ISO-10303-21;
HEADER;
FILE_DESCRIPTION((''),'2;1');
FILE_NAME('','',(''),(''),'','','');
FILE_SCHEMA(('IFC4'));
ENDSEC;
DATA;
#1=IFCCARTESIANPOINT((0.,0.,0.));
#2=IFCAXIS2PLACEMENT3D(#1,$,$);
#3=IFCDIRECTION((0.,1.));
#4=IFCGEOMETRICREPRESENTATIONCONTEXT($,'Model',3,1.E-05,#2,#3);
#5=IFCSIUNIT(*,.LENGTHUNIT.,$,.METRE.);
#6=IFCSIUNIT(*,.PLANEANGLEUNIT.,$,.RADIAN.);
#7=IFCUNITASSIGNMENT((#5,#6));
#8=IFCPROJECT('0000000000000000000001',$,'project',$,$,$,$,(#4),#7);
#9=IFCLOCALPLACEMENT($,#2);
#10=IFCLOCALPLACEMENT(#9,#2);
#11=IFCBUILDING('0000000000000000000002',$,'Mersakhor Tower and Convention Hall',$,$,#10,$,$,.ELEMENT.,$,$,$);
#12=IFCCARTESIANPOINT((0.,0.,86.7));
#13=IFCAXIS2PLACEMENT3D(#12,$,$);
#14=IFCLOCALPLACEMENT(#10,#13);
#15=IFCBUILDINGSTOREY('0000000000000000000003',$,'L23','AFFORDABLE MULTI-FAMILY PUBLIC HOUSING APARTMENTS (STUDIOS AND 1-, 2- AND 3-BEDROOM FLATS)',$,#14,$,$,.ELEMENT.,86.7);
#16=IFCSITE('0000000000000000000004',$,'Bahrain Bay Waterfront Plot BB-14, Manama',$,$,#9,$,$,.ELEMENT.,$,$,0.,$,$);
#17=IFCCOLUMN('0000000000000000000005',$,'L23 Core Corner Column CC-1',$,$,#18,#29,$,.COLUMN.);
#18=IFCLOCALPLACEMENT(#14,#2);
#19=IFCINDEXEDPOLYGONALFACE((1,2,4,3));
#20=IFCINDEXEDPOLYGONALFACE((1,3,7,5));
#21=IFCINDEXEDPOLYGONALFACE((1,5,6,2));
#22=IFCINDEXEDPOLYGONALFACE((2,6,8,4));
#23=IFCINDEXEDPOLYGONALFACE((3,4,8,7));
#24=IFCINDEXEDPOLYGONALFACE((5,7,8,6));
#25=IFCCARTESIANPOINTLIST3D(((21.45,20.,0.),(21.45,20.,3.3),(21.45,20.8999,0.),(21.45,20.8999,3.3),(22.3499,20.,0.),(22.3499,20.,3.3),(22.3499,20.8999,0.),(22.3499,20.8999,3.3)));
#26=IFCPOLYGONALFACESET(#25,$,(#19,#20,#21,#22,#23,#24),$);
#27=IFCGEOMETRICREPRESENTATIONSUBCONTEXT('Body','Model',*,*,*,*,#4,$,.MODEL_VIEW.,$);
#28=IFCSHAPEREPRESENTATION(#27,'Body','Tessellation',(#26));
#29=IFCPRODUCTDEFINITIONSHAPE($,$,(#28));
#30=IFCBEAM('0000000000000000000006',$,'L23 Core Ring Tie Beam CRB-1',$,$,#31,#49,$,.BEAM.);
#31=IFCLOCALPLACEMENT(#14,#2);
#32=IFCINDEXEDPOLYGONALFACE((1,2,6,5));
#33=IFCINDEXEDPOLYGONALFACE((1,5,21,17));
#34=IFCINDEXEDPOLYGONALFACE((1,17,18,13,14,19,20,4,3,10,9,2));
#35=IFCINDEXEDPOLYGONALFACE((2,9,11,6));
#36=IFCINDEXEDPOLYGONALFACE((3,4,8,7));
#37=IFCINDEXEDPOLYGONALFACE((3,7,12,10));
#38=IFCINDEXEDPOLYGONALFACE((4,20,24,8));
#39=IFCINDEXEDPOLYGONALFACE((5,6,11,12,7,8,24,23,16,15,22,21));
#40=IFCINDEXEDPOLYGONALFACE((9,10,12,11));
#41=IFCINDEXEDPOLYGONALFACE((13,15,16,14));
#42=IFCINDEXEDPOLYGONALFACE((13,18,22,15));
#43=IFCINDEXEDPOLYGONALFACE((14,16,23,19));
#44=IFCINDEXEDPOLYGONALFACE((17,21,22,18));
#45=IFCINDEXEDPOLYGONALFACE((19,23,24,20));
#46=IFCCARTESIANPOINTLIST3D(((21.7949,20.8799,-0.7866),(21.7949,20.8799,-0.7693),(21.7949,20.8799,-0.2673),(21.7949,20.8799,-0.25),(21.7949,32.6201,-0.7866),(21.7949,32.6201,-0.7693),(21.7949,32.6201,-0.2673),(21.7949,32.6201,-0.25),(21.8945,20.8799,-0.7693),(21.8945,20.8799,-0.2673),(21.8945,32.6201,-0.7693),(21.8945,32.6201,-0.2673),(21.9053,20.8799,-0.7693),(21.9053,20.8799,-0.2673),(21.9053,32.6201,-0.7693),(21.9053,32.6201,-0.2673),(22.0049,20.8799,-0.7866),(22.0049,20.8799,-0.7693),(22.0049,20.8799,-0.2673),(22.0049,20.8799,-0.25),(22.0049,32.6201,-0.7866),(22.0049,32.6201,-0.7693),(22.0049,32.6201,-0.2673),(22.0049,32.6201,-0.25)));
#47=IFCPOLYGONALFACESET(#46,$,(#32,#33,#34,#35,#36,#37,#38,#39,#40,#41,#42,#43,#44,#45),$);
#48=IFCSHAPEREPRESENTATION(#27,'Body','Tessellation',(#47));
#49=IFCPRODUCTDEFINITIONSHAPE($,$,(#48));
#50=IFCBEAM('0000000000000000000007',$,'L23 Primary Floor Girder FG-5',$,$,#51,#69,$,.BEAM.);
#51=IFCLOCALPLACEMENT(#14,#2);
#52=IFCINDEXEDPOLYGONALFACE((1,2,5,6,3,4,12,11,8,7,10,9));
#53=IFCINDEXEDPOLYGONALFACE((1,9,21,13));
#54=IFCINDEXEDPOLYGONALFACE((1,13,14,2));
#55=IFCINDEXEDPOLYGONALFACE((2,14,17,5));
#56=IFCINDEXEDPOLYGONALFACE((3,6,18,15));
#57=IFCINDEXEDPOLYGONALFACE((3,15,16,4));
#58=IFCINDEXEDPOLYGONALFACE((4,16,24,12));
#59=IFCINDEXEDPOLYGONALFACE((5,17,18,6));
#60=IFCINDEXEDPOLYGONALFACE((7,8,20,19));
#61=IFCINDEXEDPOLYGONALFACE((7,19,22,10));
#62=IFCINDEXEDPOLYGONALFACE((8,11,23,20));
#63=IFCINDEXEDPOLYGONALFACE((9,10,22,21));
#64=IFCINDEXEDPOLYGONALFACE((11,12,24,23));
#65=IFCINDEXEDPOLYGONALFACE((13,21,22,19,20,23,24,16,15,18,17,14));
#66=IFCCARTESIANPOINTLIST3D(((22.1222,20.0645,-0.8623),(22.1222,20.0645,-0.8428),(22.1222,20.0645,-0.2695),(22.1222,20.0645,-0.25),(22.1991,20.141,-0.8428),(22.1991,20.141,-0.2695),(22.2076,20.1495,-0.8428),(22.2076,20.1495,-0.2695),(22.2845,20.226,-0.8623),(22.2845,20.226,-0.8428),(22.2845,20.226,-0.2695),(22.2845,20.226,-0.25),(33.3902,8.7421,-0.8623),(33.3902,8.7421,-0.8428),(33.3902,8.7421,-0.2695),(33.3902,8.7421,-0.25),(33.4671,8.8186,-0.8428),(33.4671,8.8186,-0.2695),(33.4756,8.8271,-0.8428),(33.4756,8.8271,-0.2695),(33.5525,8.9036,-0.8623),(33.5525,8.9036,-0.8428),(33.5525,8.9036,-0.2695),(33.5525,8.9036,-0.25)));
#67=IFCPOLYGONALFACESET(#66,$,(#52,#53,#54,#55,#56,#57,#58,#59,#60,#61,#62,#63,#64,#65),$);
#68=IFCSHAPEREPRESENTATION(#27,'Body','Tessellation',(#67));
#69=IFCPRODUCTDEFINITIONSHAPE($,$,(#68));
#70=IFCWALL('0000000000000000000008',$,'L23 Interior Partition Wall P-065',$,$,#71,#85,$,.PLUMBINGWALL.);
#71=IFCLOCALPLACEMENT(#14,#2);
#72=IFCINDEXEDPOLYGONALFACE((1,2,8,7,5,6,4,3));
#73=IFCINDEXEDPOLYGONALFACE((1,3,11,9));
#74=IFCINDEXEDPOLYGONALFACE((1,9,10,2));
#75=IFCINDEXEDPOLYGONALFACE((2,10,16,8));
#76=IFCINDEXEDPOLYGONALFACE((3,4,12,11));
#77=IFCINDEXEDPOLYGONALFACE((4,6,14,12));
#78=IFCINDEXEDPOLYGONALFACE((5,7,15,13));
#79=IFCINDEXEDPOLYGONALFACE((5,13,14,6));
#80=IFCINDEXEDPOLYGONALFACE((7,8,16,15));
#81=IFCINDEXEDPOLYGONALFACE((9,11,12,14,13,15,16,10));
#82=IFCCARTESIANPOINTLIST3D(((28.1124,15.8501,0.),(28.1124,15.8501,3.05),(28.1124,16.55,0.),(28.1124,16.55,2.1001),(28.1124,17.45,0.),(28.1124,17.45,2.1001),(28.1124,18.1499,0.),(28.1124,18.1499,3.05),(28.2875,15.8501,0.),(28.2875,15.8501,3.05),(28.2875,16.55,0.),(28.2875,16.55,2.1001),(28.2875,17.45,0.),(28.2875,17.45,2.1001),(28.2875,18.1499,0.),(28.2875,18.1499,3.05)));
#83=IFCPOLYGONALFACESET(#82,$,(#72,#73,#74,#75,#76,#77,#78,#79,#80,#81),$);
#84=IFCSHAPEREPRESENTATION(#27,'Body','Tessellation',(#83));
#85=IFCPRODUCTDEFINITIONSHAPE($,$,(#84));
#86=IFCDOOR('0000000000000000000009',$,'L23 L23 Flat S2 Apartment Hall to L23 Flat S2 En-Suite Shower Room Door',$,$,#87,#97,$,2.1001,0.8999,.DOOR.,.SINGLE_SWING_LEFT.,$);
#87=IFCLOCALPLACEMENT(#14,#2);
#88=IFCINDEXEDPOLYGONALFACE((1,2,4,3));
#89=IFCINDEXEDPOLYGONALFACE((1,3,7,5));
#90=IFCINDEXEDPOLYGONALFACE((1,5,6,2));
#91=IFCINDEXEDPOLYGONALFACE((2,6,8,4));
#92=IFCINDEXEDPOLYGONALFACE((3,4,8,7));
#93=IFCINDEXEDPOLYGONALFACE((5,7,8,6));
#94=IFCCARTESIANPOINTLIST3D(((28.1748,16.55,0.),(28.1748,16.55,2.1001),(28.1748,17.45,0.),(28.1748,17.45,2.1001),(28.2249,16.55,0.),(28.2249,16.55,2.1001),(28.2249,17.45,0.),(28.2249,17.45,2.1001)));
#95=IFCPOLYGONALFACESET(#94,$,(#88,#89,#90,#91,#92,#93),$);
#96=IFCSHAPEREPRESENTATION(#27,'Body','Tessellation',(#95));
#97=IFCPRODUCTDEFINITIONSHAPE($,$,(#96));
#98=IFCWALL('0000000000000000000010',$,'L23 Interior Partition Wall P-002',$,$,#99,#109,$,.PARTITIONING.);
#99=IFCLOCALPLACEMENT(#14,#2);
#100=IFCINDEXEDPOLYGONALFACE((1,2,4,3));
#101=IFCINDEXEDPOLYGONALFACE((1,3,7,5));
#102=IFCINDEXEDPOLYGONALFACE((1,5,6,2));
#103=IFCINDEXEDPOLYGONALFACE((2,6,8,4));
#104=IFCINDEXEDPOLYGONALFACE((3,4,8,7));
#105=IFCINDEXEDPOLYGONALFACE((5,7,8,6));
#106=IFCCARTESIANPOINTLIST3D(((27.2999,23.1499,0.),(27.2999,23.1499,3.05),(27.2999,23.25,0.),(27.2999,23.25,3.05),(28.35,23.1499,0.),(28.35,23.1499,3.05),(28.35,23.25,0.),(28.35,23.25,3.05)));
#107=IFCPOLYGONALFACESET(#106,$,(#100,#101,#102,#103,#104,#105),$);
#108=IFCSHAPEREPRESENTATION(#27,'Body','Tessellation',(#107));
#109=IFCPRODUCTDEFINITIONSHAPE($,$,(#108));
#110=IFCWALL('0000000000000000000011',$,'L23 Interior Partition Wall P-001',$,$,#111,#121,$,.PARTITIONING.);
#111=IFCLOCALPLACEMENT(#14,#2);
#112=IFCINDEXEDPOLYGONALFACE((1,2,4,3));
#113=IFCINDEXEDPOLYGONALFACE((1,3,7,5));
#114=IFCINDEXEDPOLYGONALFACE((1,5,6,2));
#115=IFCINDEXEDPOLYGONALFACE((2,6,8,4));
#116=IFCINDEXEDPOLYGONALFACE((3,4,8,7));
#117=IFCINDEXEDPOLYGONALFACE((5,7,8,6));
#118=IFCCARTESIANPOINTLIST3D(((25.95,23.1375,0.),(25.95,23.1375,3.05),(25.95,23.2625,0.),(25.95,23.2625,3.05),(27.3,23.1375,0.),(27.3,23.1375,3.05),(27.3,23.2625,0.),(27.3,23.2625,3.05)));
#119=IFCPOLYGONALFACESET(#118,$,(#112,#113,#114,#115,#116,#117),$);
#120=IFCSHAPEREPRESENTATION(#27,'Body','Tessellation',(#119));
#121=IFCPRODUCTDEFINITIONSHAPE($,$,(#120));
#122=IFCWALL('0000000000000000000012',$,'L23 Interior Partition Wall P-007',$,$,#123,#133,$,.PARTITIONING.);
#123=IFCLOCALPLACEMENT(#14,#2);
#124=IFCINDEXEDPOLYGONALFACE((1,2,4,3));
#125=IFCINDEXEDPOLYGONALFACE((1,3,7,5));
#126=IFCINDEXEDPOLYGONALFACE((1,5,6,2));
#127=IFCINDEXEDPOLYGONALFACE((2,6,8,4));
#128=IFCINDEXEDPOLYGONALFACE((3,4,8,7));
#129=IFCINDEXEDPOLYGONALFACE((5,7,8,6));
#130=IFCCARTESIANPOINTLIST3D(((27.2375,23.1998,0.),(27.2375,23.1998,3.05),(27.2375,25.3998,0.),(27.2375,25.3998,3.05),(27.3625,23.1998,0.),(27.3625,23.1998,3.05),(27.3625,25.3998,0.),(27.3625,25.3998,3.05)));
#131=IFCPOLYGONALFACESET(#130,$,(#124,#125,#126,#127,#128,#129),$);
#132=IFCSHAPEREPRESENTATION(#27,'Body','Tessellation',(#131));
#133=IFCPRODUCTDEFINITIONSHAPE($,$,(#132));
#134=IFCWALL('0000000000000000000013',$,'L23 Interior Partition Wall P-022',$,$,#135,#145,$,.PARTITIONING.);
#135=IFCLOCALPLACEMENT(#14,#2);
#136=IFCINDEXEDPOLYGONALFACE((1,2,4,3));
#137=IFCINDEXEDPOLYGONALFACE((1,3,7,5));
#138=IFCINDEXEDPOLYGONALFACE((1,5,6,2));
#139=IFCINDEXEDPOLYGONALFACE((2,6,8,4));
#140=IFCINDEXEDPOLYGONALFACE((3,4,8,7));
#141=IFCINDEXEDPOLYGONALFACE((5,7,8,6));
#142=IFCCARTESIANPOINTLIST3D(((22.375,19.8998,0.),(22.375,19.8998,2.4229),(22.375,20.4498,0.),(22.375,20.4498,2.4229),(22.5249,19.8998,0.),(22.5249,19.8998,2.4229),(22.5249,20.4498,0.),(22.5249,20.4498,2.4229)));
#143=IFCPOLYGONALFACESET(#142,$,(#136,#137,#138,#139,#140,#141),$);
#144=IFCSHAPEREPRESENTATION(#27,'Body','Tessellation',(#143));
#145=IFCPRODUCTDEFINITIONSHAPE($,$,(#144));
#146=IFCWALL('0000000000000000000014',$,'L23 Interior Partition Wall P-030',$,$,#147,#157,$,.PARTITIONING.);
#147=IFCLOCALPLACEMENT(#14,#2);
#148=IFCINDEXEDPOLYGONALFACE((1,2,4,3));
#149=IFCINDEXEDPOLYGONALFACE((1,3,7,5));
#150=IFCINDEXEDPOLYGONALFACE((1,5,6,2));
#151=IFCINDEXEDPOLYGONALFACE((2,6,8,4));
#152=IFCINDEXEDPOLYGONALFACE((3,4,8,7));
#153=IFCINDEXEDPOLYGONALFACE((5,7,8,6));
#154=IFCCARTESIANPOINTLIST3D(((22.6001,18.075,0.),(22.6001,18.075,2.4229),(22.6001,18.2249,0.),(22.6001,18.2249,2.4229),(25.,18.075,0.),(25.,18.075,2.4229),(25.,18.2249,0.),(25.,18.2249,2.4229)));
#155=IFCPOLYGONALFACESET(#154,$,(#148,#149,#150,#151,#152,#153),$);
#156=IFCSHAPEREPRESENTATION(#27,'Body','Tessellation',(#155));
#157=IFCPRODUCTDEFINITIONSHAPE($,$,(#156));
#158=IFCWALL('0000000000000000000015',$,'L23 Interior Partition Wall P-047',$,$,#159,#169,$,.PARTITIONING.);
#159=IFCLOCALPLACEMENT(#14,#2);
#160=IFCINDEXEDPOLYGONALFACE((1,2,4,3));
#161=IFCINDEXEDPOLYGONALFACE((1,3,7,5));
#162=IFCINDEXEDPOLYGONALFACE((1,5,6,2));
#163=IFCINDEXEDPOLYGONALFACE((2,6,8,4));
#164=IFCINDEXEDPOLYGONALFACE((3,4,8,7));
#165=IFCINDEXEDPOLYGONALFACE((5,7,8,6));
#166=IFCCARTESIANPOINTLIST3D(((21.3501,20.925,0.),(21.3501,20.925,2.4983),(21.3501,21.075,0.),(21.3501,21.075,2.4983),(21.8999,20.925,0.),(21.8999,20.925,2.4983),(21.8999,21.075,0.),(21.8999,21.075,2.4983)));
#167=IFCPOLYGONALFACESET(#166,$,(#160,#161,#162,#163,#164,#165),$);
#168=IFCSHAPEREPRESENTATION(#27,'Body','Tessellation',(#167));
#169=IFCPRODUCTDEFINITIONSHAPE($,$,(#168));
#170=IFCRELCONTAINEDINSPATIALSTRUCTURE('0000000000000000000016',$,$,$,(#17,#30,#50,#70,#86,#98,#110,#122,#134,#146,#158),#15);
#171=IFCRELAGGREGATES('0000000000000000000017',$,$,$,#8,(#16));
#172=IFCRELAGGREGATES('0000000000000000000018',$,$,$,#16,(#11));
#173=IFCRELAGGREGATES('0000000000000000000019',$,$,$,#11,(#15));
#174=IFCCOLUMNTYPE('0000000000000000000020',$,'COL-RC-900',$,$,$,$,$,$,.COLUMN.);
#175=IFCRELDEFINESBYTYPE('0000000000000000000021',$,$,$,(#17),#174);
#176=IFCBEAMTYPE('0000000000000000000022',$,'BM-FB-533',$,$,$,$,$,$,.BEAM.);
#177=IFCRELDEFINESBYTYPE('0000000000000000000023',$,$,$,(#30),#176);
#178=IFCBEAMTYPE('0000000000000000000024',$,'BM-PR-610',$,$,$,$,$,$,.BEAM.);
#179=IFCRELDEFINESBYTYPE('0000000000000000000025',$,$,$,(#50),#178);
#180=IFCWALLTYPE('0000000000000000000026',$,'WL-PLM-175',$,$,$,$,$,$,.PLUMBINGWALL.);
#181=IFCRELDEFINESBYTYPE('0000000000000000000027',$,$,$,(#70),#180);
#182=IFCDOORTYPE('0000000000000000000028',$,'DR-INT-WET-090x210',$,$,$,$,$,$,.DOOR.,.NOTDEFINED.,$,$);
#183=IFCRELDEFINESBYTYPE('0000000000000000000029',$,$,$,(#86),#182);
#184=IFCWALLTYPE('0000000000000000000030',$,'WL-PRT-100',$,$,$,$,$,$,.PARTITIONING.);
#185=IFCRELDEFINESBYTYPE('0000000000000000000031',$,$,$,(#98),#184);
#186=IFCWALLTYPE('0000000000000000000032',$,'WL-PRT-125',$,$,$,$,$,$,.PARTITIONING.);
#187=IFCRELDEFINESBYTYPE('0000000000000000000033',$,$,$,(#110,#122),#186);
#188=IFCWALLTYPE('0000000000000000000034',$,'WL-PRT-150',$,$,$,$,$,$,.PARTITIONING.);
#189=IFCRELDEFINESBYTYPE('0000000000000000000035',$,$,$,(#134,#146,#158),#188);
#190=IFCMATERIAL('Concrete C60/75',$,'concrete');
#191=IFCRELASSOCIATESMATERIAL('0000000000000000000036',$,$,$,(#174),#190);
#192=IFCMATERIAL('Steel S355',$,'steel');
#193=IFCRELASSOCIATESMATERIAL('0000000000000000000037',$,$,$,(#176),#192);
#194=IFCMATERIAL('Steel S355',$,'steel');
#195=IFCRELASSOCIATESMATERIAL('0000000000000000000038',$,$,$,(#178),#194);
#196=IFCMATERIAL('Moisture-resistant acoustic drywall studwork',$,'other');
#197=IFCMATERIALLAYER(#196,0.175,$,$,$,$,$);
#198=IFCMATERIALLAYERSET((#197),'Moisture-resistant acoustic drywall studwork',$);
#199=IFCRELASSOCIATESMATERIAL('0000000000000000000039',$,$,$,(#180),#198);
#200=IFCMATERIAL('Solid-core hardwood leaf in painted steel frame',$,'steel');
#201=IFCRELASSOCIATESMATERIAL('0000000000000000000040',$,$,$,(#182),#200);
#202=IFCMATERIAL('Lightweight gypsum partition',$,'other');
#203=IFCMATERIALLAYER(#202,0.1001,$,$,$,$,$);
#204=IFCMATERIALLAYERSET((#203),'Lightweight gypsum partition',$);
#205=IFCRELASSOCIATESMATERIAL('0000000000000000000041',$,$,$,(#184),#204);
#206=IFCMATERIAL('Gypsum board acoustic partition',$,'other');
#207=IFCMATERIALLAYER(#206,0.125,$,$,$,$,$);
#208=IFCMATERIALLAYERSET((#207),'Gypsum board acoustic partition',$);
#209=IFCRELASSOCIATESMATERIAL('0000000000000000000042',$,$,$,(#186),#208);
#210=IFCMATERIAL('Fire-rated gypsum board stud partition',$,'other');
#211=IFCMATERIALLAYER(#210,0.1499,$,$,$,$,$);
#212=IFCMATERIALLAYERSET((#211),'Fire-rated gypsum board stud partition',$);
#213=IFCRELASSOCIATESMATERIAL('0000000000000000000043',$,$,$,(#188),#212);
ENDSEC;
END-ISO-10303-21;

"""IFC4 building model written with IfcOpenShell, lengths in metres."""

from ifc_helpers import new_model, si_unit, direction, frame, frame_2d, origin, origin_2d, place, context, subcontext, project, spatial, rectangle, i_section, extrude, material, layer, layer_set, material_profile, profile_set, type_object, element, fill, save


model = new_model("IFC4")

# Units and contexts
model_context = context("Model", 3, precision=1e-05, world=origin(), true_north=direction((0.0, 1.0)))
body_context = subcontext(model_context, "Body", "Model", "MODEL_VIEW")
ifc_project = project(units=[si_unit("LENGTHUNIT", "METRE"), si_unit("PLANEANGLEUNIT", "RADIAN")], contexts=[model_context])

# Site, building, storey
site_placement = place(None, origin())
site = spatial("IfcSite", under=ifc_project, at=site_placement, Name="Bahrain Bay Waterfront Plot BB-14, Manama", CompositionType="ELEMENT", RefElevation=0.0)
building_placement = place(site_placement, origin())
building = spatial("IfcBuilding", under=site, at=building_placement, Name="Mersakhor Tower and Convention Hall", CompositionType="ELEMENT")
storey_placement = place(building_placement, frame((0.0, 0.0, 86.7)))
storey = spatial("IfcBuildingStorey", under=building, at=storey_placement, Name="L23", Description="AFFORDABLE MULTI-FAMILY PUBLIC HOUSING APARTMENTS (STUDIOS AND 1-, 2- AND 3-BEDROOM FLATS)", CompositionType="ELEMENT", Elevation=86.7)

# Column
ifc_material_1 = material(Name="Concrete C60/75", Category="concrete")
ifc_material_profile_1 = material_profile(ifc_material_1, rectangle(XDim=0.8999, YDim=0.8999, at=origin_2d()), Name="RC 900x900")
ifc_profile_set_1 = profile_set([ifc_material_profile_1], Name="Concrete C60/75")
column_type = type_object("IfcColumnType", Name="COL-RC-900", PredefinedType="COLUMN", material=ifc_profile_set_1)
column_placement = place(storey_placement, frame((21.8999, 20.45, 0.0), z_axis=(0.0, 0.0, 1.0), x_axis=(1.0, 0.0, 0.0)))
element("IfcColumn", 1, at=column_placement, inside=storey, type_object=column_type, Name="L23 Core Corner Column CC-1", PredefinedType="COLUMN", context=body_context, shape_type="SweptSolid", body=[
    extrude(rectangle(XDim=0.8999, YDim=0.8999, at=origin_2d()), origin(), (0.0, 0.0, 1.0), 3.3),
])

# Beams
ifc_material_2 = material(Name="Steel S355", Category="steel")
ifc_material_profile_2 = material_profile(ifc_material_2, i_section(OverallWidth=0.21, OverallDepth=0.5366, WebThickness=0.0107, FlangeThickness=0.0173, at=origin_2d()), Name="UB 533x210x101")
ifc_profile_set_2 = profile_set([ifc_material_profile_2], Name="Steel S355")
beam_type_1 = type_object("IfcBeamType", Name="BM-FB-533", PredefinedType="BEAM", material=ifc_profile_set_2)
beam_1_placement = place(storey_placement, frame((21.8999, 20.8799, -0.5183), z_axis=(0.0, 1.0, 0.0), x_axis=(-1.0, 0.0, 0.0)))
element("IfcBeam", 2, at=beam_1_placement, inside=storey, type_object=beam_type_1, Name="L23 Core Ring Tie Beam CRB-1", PredefinedType="BEAM", context=body_context, shape_type="SweptSolid", body=[
    extrude(i_section(OverallWidth=0.21, OverallDepth=0.5366, WebThickness=0.0107, FlangeThickness=0.0173, at=origin_2d()), origin(), (0.0, 0.0, 1.0), 11.7402),
])
ifc_material_3 = material(Name="Steel S355", Category="steel")
ifc_material_profile_3 = material_profile(ifc_material_3, i_section(OverallWidth=0.229, OverallDepth=0.6123, WebThickness=0.012, FlangeThickness=0.0195, at=origin_2d()), Name="UB 610x229x125")
ifc_profile_set_3 = profile_set([ifc_material_profile_3], Name="Steel S355")
beam_type_2 = type_object("IfcBeamType", Name="BM-PR-610", PredefinedType="BEAM", material=ifc_profile_set_3)
beam_2_placement = place(storey_placement, frame((22.2034, 20.1453, -0.5562), z_axis=(0.705401, -0.708809, 0.0), x_axis=(0.708809, 0.705401, 0.0)))
element("IfcBeam", 3, at=beam_2_placement, inside=storey, type_object=beam_type_2, Name="L23 Primary Floor Girder FG-5", PredefinedType="BEAM", context=body_context, shape_type="SweptSolid", body=[
    extrude(i_section(OverallWidth=0.229, OverallDepth=0.6123, WebThickness=0.012, FlangeThickness=0.0195, at=origin_2d()), origin(), (0.0, 0.0, 1.0), 15.9739),
])

# Wall, opening, door
ifc_material_4 = material(Name="Moisture-resistant acoustic drywall studwork", Category="other")
ifc_layer_1 = layer(ifc_material_4, 0.175)
ifc_layer_set_1 = layer_set([ifc_layer_1], Name="Moisture-resistant acoustic drywall studwork")
wall_type_1 = type_object("IfcWallType", Name="WL-PLM-175", PredefinedType="PLUMBINGWALL", material=ifc_layer_set_1)
wall_1_placement = place(storey_placement, frame((28.2, 18.1499, 0.0), z_axis=(0.0, 0.0, 1.0), x_axis=(0.0, -1.0, 0.0)))
wall_1 = element("IfcWall", 4, at=wall_1_placement, inside=storey, type_object=wall_type_1, Name="L23 Interior Partition Wall P-065", PredefinedType="PLUMBINGWALL", context=body_context, shape_type="SweptSolid", body=[
    extrude(rectangle(XDim=2.2998, YDim=0.175, at=frame_2d((1.1499, 0.0))), origin(), (0.0, 0.0, 1.0), 3.05),
])
opening_1_placement = place(wall_1_placement, frame((0.7, 0.0, 0.0)))
opening_1 = element("IfcOpeningElement", 5, at=opening_1_placement, cuts=wall_1, PredefinedType="OPENING", context=body_context, shape_type="SweptSolid", body=[
    extrude(rectangle(XDim=0.8999, YDim=2.1001, at=frame_2d((0.45, 1.05))), frame((0.0, 0.0974, 0.0), z_axis=(0.0, -1.0, 0.0), x_axis=(1.0, 0.0, 0.0)), (0.0, 0.0, 1.0), 0.1951),
])
ifc_material_5 = material(Name="Solid-core hardwood leaf in painted steel frame", Category="steel")
door_type_1 = type_object("IfcDoorType", Name="DR-INT-WET-090x210", OperationType="NOTDEFINED", PredefinedType="DOOR", material=ifc_material_5)
door_1_placement = place(opening_1_placement, origin())
door_1 = element("IfcDoor", 6, at=door_1_placement, inside=storey, type_object=door_type_1, Name="L23 L23 Flat S2 Apartment Hall to L23 Flat S2 En-Suite Shower Room Door", OperationType="SINGLE_SWING_LEFT", OverallHeight=2.1001, OverallWidth=0.8999, PredefinedType="DOOR", context=body_context, shape_type="SweptSolid", body=[
    extrude(rectangle(XDim=0.8999, YDim=2.1001, at=frame_2d((0.45, 1.05))), frame((0.0, 0.0249, 0.0), z_axis=(0.0, -1.0, 0.0), x_axis=(1.0, 0.0, 0.0)), (0.0, 0.0, 1.0), 0.05),
])
fill(opening_1, door_1)

# Walls
ifc_material_6 = material(Name="Lightweight gypsum partition", Category="other")
ifc_layer_2 = layer(ifc_material_6, 0.1001)
ifc_layer_set_2 = layer_set([ifc_layer_2], Name="Lightweight gypsum partition")
wall_type_2 = type_object("IfcWallType", Name="WL-PRT-100", PredefinedType="PARTITIONING", material=ifc_layer_set_2)
wall_2_placement = place(storey_placement, frame((27.3, 23.2, 0.0), z_axis=(0.0, 0.0, 1.0), x_axis=(1.0, 0.0, 0.0)))
element("IfcWall", 7, at=wall_2_placement, inside=storey, type_object=wall_type_2, Name="L23 Interior Partition Wall P-002", PredefinedType="PARTITIONING", context=body_context, shape_type="SweptSolid", body=[
    extrude(rectangle(XDim=1.05, YDim=0.1001, at=frame_2d((0.5249, 0.0))), origin(), (0.0, 0.0, 1.0), 3.05),
])
ifc_material_7 = material(Name="Gypsum board acoustic partition", Category="other")
ifc_layer_3 = layer(ifc_material_7, 0.125)
ifc_layer_set_3 = layer_set([ifc_layer_3], Name="Gypsum board acoustic partition")
wall_type_3 = type_object("IfcWallType", Name="WL-PRT-125", PredefinedType="PARTITIONING", material=ifc_layer_set_3)
wall_3_placement = place(storey_placement, frame((25.95, 23.2, 0.0), z_axis=(0.0, 0.0, 1.0), x_axis=(1.0, 0.0, 0.0)))
element("IfcWall", 8, at=wall_3_placement, inside=storey, type_object=wall_type_3, Name="L23 Interior Partition Wall P-001", PredefinedType="PARTITIONING", context=body_context, shape_type="SweptSolid", body=[
    extrude(rectangle(XDim=1.3501, YDim=0.125, at=frame_2d((0.675, 0.0))), origin(), (0.0, 0.0, 1.0), 3.05),
])
wall_4_placement = place(storey_placement, frame((27.3, 25.3999, 0.0), z_axis=(0.0, 0.0, 1.0), x_axis=(0.0, -1.0, 0.0)))
element("IfcWall", 9, at=wall_4_placement, inside=storey, type_object=wall_type_3, Name="L23 Interior Partition Wall P-007", PredefinedType="PARTITIONING", context=body_context, shape_type="SweptSolid", body=[
    extrude(rectangle(XDim=2.2, YDim=0.125, at=frame_2d((1.1001, 0.0))), origin(), (0.0, 0.0, 1.0), 3.05),
])
ifc_material_8 = material(Name="Fire-rated gypsum board stud partition", Category="other")
ifc_layer_4 = layer(ifc_material_8, 0.1499)
ifc_layer_set_4 = layer_set([ifc_layer_4], Name="Fire-rated gypsum board stud partition")
wall_type_4 = type_object("IfcWallType", Name="WL-PRT-150", PredefinedType="PARTITIONING", material=ifc_layer_set_4)
wall_5_placement = place(storey_placement, frame((22.45, 19.8999, 0.0), z_axis=(0.0, 0.0, 1.0), x_axis=(0.0, 1.0, 0.0)))
element("IfcWall", 10, at=wall_5_placement, inside=storey, type_object=wall_type_4, Name="L23 Interior Partition Wall P-022", PredefinedType="PARTITIONING", context=body_context, shape_type="SweptSolid", body=[
    extrude(rectangle(XDim=0.55, YDim=0.1499, at=frame_2d((0.2749, 0.0))), origin(), (0.0, 0.0, 1.0), 2.4229),
])

# Walls
wall_6_placement = place(storey_placement, frame((25.0, 18.1499, 0.0), z_axis=(0.0, 0.0, 1.0), x_axis=(-1.0, 0.0, 0.0)))
element("IfcWall", 11, at=wall_6_placement, inside=storey, type_object=wall_type_4, Name="L23 Interior Partition Wall P-030", PredefinedType="PARTITIONING", context=body_context, shape_type="SweptSolid", body=[
    extrude(rectangle(XDim=2.3999, YDim=0.1499, at=frame_2d((1.2, 0.0))), origin(), (0.0, 0.0, 1.0), 2.4229),
])
wall_7_placement = place(storey_placement, frame((21.8999, 21.0, 0.0), z_axis=(0.0, 0.0, 1.0), x_axis=(-1.0, 0.0, 0.0)))
element("IfcWall", 12, at=wall_7_placement, inside=storey, type_object=wall_type_4, Name="L23 Interior Partition Wall P-047", PredefinedType="PARTITIONING", context=body_context, shape_type="SweptSolid", body=[
    extrude(rectangle(XDim=0.5498, YDim=0.1499, at=frame_2d((0.2749, 0.0))), origin(), (0.0, 0.0, 1.0), 2.4983),
])

save(model, "model.ifc")
